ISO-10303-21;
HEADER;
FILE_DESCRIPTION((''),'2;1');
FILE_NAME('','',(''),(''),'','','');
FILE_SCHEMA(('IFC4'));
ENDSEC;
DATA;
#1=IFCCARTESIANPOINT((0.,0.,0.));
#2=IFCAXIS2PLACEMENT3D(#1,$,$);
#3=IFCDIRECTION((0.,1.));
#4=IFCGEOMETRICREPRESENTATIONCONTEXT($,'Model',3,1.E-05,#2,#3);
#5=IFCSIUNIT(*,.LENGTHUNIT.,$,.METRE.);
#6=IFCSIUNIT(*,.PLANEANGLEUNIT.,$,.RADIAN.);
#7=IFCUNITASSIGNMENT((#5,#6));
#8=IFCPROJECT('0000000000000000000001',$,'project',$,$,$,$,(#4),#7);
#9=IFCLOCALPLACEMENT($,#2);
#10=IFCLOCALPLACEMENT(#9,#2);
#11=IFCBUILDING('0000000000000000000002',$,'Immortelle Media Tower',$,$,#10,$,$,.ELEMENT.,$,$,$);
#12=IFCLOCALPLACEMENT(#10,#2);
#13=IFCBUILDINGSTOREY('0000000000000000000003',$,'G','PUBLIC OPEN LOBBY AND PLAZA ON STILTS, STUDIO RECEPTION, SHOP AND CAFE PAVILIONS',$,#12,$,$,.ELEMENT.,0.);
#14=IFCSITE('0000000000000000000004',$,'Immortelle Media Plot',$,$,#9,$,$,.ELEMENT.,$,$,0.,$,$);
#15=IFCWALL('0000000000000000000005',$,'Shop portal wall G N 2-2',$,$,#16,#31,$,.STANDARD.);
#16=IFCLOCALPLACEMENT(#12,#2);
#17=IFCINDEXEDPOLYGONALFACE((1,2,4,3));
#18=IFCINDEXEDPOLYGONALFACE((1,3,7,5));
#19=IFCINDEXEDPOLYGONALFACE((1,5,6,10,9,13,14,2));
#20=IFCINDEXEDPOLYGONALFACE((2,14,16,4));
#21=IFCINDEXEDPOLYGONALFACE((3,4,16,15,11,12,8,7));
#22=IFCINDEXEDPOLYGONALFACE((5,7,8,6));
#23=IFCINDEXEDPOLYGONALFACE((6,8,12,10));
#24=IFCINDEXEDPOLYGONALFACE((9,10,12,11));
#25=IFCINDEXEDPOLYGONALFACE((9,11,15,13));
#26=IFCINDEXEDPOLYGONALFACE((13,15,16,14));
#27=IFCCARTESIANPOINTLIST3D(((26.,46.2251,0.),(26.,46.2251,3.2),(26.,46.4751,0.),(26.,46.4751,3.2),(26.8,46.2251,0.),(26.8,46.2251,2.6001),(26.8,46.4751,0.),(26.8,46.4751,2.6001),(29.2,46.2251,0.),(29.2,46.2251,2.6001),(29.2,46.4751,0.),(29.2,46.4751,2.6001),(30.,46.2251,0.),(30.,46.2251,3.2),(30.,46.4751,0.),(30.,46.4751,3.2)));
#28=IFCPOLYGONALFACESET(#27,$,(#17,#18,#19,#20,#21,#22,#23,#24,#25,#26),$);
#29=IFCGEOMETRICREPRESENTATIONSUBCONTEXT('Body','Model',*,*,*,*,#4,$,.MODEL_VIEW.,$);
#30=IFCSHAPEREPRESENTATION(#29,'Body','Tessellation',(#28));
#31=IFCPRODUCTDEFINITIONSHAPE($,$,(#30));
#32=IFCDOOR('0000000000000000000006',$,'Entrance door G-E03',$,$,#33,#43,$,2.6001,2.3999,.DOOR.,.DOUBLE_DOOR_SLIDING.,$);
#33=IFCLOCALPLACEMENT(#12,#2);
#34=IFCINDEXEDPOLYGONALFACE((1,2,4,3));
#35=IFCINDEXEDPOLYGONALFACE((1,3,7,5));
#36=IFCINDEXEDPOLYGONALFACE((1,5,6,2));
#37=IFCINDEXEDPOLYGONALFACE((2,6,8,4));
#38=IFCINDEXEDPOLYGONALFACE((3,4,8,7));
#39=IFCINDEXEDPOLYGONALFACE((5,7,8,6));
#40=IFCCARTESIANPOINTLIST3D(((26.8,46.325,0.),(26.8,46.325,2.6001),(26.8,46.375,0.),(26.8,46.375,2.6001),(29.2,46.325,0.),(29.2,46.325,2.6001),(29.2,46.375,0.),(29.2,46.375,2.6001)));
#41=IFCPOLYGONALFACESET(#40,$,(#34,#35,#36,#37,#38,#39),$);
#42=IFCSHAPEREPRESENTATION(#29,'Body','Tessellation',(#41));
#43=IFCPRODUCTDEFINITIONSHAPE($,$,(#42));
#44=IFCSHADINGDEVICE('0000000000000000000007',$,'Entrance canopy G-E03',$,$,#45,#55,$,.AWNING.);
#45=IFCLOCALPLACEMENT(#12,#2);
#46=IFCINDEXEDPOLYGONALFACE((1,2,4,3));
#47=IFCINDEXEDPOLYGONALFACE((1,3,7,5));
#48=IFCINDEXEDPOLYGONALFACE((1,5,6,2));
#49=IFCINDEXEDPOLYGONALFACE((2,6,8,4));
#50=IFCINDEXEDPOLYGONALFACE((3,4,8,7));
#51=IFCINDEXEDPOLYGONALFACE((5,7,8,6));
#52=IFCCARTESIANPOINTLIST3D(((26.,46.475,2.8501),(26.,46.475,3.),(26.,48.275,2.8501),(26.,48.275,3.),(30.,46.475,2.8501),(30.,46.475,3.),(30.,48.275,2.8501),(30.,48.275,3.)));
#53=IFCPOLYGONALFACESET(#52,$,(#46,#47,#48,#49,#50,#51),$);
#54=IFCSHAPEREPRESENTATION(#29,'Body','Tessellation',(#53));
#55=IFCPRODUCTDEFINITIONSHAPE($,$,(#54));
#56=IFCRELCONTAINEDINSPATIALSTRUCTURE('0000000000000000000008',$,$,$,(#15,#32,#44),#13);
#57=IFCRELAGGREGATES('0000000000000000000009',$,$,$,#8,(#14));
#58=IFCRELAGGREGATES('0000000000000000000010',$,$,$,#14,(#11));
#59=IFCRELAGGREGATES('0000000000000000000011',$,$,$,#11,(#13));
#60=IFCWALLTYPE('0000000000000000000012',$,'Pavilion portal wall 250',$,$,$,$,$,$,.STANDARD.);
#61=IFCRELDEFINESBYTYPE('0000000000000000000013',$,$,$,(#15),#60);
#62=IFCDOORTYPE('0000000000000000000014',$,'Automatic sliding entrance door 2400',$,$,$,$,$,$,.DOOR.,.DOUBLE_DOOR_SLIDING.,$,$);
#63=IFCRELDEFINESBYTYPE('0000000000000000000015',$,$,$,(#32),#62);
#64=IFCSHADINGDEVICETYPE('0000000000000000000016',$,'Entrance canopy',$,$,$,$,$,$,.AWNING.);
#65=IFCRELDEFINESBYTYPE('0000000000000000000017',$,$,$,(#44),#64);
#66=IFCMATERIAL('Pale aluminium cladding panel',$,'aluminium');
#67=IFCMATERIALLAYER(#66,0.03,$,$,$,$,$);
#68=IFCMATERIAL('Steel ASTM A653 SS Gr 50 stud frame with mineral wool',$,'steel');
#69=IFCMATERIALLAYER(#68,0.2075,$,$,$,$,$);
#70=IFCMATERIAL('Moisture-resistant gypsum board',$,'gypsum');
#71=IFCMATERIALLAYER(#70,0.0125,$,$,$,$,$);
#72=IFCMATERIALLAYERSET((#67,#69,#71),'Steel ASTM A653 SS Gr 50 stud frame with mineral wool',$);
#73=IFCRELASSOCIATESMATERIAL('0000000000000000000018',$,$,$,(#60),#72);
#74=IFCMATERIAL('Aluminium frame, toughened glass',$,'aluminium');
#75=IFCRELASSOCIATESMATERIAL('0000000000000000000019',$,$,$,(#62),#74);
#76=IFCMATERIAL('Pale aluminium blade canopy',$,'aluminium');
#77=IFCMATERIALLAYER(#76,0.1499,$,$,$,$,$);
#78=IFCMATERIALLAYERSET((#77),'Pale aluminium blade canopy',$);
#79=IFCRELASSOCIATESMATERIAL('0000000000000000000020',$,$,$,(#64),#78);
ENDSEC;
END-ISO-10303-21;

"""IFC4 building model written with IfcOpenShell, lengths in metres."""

from ifc_helpers import new_model, si_unit, direction, frame, frame_2d, origin, origin_2d, place, context, subcontext, project, spatial, rectangle, extrude, material, layer, layer_set, type_object, element, fill, save


model = new_model("IFC4")

# Units and contexts
model_context = context("Model", 3, precision=1e-05, world=origin(), true_north=direction((0.0, 1.0)))
body_context = subcontext(model_context, "Body", "Model", "MODEL_VIEW")
ifc_project = project(units=[si_unit("LENGTHUNIT", "METRE"), si_unit("PLANEANGLEUNIT", "RADIAN")], contexts=[model_context])

# Site, building, storey
site_placement = place(None, origin())
site = spatial("IfcSite", under=ifc_project, at=site_placement, Name="Immortelle Media Plot", CompositionType="ELEMENT", RefElevation=0.0)
building_placement = place(site_placement, origin())
building = spatial("IfcBuilding", under=site, at=building_placement, Name="Immortelle Media Tower", CompositionType="ELEMENT")
storey_placement = place(building_placement, origin())
storey = spatial("IfcBuildingStorey", under=building, at=storey_placement, Name="G", Description="PUBLIC OPEN LOBBY AND PLAZA ON STILTS, STUDIO RECEPTION, SHOP AND CAFE PAVILIONS", CompositionType="ELEMENT", Elevation=0.0)

# Shared definitions
ifc_material_1 = material(Name="Steel ASTM A653 SS Gr 50 stud frame with mineral wool", Category="steel")

# Wall, opening, door
ifc_material_2 = material(Name="Pale aluminium cladding panel", Category="aluminium")
ifc_layer_1 = layer(ifc_material_2, 0.03)
ifc_layer_2 = layer(ifc_material_1, 0.2075)
ifc_material_3 = material(Name="Moisture-resistant gypsum board", Category="gypsum")
ifc_layer_3 = layer(ifc_material_3, 0.0125)
ifc_layer_set_1 = layer_set([ifc_layer_1, ifc_layer_2, ifc_layer_3], Name="Steel ASTM A653 SS Gr 50 stud frame with mineral wool")
wall_type_1 = type_object("IfcWallType", Name="Pavilion portal wall 250", PredefinedType="STANDARD", material=ifc_layer_set_1)
wall_placement = place(storey_placement, frame((30.0, 46.3501, 0.0), z_axis=(0.0, 0.0, 1.0), x_axis=(-1.0, 0.0, 0.0)))
wall = element("IfcWall", 1, at=wall_placement, inside=storey, type_object=wall_type_1, Name="Shop portal wall G N 2-2", PredefinedType="STANDARD", context=body_context, shape_type="SweptSolid", body=[
    extrude(rectangle(XDim=4.0, YDim=0.25, at=frame_2d((2.0, 0.0))), origin(), (0.0, 0.0, 1.0), 3.2),
])
opening_placement = place(wall_placement, frame((3.2, 0.0, 0.0), z_axis=(0.0, 0.0, 1.0), x_axis=(-1.0, 0.0, 0.0)))
opening = element("IfcOpeningElement", 2, at=opening_placement, cuts=wall, PredefinedType="OPENING", context=body_context, shape_type="SweptSolid", body=[
    extrude(rectangle(XDim=2.3999, YDim=2.6001, at=frame_2d((1.2, 1.3))), frame((0.0, 0.135, 0.0), z_axis=(0.0, -1.0, 0.0), x_axis=(1.0, 0.0, 0.0)), (0.0, 0.0, 1.0), 0.27),
])
ifc_material_4 = material(Name="Aluminium frame, toughened glass", Category="aluminium")
door_type = type_object("IfcDoorType", Name="Automatic sliding entrance door 2400", OperationType="DOUBLE_DOOR_SLIDING", PredefinedType="DOOR", material=ifc_material_4)
door_placement = place(opening_placement, origin())
door = element("IfcDoor", 3, at=door_placement, inside=storey, type_object=door_type, Name="Entrance door G-E03", OperationType="DOUBLE_DOOR_SLIDING", OverallHeight=2.6001, OverallWidth=2.3999, PredefinedType="DOOR", context=body_context, shape_type="SweptSolid", body=[
    extrude(rectangle(XDim=2.3999, YDim=2.6001, at=frame_2d((1.2, 1.3))), frame((0.0, 0.0249, 0.0), z_axis=(0.0, -1.0, 0.0), x_axis=(1.0, 0.0, 0.0)), (0.0, 0.0, 1.0), 0.05),
])
fill(opening, door)

# Shading device
ifc_material_5 = material(Name="Pale aluminium blade canopy", Category="aluminium")
ifc_layer_4 = layer(ifc_material_5, 0.1499)
ifc_layer_set_2 = layer_set([ifc_layer_4], Name="Pale aluminium blade canopy")
shading_device_type = type_object("IfcShadingDeviceType", Name="Entrance canopy", PredefinedType="AWNING", material=ifc_layer_set_2)
shading_device_placement = place(storey_placement, frame((28.0, 47.375, 2.8501), z_axis=(0.0, 0.0, 1.0), x_axis=(1.0, 0.0, 0.0)))
element("IfcShadingDevice", 4, at=shading_device_placement, inside=storey, type_object=shading_device_type, Name="Entrance canopy G-E03", PredefinedType="AWNING", context=body_context, shape_type="SweptSolid", body=[
    extrude(rectangle(XDim=4.0, YDim=1.8, at=origin_2d()), origin(), (0.0, 0.0, 1.0), 0.1499),
])

save(model, "model.ifc")
